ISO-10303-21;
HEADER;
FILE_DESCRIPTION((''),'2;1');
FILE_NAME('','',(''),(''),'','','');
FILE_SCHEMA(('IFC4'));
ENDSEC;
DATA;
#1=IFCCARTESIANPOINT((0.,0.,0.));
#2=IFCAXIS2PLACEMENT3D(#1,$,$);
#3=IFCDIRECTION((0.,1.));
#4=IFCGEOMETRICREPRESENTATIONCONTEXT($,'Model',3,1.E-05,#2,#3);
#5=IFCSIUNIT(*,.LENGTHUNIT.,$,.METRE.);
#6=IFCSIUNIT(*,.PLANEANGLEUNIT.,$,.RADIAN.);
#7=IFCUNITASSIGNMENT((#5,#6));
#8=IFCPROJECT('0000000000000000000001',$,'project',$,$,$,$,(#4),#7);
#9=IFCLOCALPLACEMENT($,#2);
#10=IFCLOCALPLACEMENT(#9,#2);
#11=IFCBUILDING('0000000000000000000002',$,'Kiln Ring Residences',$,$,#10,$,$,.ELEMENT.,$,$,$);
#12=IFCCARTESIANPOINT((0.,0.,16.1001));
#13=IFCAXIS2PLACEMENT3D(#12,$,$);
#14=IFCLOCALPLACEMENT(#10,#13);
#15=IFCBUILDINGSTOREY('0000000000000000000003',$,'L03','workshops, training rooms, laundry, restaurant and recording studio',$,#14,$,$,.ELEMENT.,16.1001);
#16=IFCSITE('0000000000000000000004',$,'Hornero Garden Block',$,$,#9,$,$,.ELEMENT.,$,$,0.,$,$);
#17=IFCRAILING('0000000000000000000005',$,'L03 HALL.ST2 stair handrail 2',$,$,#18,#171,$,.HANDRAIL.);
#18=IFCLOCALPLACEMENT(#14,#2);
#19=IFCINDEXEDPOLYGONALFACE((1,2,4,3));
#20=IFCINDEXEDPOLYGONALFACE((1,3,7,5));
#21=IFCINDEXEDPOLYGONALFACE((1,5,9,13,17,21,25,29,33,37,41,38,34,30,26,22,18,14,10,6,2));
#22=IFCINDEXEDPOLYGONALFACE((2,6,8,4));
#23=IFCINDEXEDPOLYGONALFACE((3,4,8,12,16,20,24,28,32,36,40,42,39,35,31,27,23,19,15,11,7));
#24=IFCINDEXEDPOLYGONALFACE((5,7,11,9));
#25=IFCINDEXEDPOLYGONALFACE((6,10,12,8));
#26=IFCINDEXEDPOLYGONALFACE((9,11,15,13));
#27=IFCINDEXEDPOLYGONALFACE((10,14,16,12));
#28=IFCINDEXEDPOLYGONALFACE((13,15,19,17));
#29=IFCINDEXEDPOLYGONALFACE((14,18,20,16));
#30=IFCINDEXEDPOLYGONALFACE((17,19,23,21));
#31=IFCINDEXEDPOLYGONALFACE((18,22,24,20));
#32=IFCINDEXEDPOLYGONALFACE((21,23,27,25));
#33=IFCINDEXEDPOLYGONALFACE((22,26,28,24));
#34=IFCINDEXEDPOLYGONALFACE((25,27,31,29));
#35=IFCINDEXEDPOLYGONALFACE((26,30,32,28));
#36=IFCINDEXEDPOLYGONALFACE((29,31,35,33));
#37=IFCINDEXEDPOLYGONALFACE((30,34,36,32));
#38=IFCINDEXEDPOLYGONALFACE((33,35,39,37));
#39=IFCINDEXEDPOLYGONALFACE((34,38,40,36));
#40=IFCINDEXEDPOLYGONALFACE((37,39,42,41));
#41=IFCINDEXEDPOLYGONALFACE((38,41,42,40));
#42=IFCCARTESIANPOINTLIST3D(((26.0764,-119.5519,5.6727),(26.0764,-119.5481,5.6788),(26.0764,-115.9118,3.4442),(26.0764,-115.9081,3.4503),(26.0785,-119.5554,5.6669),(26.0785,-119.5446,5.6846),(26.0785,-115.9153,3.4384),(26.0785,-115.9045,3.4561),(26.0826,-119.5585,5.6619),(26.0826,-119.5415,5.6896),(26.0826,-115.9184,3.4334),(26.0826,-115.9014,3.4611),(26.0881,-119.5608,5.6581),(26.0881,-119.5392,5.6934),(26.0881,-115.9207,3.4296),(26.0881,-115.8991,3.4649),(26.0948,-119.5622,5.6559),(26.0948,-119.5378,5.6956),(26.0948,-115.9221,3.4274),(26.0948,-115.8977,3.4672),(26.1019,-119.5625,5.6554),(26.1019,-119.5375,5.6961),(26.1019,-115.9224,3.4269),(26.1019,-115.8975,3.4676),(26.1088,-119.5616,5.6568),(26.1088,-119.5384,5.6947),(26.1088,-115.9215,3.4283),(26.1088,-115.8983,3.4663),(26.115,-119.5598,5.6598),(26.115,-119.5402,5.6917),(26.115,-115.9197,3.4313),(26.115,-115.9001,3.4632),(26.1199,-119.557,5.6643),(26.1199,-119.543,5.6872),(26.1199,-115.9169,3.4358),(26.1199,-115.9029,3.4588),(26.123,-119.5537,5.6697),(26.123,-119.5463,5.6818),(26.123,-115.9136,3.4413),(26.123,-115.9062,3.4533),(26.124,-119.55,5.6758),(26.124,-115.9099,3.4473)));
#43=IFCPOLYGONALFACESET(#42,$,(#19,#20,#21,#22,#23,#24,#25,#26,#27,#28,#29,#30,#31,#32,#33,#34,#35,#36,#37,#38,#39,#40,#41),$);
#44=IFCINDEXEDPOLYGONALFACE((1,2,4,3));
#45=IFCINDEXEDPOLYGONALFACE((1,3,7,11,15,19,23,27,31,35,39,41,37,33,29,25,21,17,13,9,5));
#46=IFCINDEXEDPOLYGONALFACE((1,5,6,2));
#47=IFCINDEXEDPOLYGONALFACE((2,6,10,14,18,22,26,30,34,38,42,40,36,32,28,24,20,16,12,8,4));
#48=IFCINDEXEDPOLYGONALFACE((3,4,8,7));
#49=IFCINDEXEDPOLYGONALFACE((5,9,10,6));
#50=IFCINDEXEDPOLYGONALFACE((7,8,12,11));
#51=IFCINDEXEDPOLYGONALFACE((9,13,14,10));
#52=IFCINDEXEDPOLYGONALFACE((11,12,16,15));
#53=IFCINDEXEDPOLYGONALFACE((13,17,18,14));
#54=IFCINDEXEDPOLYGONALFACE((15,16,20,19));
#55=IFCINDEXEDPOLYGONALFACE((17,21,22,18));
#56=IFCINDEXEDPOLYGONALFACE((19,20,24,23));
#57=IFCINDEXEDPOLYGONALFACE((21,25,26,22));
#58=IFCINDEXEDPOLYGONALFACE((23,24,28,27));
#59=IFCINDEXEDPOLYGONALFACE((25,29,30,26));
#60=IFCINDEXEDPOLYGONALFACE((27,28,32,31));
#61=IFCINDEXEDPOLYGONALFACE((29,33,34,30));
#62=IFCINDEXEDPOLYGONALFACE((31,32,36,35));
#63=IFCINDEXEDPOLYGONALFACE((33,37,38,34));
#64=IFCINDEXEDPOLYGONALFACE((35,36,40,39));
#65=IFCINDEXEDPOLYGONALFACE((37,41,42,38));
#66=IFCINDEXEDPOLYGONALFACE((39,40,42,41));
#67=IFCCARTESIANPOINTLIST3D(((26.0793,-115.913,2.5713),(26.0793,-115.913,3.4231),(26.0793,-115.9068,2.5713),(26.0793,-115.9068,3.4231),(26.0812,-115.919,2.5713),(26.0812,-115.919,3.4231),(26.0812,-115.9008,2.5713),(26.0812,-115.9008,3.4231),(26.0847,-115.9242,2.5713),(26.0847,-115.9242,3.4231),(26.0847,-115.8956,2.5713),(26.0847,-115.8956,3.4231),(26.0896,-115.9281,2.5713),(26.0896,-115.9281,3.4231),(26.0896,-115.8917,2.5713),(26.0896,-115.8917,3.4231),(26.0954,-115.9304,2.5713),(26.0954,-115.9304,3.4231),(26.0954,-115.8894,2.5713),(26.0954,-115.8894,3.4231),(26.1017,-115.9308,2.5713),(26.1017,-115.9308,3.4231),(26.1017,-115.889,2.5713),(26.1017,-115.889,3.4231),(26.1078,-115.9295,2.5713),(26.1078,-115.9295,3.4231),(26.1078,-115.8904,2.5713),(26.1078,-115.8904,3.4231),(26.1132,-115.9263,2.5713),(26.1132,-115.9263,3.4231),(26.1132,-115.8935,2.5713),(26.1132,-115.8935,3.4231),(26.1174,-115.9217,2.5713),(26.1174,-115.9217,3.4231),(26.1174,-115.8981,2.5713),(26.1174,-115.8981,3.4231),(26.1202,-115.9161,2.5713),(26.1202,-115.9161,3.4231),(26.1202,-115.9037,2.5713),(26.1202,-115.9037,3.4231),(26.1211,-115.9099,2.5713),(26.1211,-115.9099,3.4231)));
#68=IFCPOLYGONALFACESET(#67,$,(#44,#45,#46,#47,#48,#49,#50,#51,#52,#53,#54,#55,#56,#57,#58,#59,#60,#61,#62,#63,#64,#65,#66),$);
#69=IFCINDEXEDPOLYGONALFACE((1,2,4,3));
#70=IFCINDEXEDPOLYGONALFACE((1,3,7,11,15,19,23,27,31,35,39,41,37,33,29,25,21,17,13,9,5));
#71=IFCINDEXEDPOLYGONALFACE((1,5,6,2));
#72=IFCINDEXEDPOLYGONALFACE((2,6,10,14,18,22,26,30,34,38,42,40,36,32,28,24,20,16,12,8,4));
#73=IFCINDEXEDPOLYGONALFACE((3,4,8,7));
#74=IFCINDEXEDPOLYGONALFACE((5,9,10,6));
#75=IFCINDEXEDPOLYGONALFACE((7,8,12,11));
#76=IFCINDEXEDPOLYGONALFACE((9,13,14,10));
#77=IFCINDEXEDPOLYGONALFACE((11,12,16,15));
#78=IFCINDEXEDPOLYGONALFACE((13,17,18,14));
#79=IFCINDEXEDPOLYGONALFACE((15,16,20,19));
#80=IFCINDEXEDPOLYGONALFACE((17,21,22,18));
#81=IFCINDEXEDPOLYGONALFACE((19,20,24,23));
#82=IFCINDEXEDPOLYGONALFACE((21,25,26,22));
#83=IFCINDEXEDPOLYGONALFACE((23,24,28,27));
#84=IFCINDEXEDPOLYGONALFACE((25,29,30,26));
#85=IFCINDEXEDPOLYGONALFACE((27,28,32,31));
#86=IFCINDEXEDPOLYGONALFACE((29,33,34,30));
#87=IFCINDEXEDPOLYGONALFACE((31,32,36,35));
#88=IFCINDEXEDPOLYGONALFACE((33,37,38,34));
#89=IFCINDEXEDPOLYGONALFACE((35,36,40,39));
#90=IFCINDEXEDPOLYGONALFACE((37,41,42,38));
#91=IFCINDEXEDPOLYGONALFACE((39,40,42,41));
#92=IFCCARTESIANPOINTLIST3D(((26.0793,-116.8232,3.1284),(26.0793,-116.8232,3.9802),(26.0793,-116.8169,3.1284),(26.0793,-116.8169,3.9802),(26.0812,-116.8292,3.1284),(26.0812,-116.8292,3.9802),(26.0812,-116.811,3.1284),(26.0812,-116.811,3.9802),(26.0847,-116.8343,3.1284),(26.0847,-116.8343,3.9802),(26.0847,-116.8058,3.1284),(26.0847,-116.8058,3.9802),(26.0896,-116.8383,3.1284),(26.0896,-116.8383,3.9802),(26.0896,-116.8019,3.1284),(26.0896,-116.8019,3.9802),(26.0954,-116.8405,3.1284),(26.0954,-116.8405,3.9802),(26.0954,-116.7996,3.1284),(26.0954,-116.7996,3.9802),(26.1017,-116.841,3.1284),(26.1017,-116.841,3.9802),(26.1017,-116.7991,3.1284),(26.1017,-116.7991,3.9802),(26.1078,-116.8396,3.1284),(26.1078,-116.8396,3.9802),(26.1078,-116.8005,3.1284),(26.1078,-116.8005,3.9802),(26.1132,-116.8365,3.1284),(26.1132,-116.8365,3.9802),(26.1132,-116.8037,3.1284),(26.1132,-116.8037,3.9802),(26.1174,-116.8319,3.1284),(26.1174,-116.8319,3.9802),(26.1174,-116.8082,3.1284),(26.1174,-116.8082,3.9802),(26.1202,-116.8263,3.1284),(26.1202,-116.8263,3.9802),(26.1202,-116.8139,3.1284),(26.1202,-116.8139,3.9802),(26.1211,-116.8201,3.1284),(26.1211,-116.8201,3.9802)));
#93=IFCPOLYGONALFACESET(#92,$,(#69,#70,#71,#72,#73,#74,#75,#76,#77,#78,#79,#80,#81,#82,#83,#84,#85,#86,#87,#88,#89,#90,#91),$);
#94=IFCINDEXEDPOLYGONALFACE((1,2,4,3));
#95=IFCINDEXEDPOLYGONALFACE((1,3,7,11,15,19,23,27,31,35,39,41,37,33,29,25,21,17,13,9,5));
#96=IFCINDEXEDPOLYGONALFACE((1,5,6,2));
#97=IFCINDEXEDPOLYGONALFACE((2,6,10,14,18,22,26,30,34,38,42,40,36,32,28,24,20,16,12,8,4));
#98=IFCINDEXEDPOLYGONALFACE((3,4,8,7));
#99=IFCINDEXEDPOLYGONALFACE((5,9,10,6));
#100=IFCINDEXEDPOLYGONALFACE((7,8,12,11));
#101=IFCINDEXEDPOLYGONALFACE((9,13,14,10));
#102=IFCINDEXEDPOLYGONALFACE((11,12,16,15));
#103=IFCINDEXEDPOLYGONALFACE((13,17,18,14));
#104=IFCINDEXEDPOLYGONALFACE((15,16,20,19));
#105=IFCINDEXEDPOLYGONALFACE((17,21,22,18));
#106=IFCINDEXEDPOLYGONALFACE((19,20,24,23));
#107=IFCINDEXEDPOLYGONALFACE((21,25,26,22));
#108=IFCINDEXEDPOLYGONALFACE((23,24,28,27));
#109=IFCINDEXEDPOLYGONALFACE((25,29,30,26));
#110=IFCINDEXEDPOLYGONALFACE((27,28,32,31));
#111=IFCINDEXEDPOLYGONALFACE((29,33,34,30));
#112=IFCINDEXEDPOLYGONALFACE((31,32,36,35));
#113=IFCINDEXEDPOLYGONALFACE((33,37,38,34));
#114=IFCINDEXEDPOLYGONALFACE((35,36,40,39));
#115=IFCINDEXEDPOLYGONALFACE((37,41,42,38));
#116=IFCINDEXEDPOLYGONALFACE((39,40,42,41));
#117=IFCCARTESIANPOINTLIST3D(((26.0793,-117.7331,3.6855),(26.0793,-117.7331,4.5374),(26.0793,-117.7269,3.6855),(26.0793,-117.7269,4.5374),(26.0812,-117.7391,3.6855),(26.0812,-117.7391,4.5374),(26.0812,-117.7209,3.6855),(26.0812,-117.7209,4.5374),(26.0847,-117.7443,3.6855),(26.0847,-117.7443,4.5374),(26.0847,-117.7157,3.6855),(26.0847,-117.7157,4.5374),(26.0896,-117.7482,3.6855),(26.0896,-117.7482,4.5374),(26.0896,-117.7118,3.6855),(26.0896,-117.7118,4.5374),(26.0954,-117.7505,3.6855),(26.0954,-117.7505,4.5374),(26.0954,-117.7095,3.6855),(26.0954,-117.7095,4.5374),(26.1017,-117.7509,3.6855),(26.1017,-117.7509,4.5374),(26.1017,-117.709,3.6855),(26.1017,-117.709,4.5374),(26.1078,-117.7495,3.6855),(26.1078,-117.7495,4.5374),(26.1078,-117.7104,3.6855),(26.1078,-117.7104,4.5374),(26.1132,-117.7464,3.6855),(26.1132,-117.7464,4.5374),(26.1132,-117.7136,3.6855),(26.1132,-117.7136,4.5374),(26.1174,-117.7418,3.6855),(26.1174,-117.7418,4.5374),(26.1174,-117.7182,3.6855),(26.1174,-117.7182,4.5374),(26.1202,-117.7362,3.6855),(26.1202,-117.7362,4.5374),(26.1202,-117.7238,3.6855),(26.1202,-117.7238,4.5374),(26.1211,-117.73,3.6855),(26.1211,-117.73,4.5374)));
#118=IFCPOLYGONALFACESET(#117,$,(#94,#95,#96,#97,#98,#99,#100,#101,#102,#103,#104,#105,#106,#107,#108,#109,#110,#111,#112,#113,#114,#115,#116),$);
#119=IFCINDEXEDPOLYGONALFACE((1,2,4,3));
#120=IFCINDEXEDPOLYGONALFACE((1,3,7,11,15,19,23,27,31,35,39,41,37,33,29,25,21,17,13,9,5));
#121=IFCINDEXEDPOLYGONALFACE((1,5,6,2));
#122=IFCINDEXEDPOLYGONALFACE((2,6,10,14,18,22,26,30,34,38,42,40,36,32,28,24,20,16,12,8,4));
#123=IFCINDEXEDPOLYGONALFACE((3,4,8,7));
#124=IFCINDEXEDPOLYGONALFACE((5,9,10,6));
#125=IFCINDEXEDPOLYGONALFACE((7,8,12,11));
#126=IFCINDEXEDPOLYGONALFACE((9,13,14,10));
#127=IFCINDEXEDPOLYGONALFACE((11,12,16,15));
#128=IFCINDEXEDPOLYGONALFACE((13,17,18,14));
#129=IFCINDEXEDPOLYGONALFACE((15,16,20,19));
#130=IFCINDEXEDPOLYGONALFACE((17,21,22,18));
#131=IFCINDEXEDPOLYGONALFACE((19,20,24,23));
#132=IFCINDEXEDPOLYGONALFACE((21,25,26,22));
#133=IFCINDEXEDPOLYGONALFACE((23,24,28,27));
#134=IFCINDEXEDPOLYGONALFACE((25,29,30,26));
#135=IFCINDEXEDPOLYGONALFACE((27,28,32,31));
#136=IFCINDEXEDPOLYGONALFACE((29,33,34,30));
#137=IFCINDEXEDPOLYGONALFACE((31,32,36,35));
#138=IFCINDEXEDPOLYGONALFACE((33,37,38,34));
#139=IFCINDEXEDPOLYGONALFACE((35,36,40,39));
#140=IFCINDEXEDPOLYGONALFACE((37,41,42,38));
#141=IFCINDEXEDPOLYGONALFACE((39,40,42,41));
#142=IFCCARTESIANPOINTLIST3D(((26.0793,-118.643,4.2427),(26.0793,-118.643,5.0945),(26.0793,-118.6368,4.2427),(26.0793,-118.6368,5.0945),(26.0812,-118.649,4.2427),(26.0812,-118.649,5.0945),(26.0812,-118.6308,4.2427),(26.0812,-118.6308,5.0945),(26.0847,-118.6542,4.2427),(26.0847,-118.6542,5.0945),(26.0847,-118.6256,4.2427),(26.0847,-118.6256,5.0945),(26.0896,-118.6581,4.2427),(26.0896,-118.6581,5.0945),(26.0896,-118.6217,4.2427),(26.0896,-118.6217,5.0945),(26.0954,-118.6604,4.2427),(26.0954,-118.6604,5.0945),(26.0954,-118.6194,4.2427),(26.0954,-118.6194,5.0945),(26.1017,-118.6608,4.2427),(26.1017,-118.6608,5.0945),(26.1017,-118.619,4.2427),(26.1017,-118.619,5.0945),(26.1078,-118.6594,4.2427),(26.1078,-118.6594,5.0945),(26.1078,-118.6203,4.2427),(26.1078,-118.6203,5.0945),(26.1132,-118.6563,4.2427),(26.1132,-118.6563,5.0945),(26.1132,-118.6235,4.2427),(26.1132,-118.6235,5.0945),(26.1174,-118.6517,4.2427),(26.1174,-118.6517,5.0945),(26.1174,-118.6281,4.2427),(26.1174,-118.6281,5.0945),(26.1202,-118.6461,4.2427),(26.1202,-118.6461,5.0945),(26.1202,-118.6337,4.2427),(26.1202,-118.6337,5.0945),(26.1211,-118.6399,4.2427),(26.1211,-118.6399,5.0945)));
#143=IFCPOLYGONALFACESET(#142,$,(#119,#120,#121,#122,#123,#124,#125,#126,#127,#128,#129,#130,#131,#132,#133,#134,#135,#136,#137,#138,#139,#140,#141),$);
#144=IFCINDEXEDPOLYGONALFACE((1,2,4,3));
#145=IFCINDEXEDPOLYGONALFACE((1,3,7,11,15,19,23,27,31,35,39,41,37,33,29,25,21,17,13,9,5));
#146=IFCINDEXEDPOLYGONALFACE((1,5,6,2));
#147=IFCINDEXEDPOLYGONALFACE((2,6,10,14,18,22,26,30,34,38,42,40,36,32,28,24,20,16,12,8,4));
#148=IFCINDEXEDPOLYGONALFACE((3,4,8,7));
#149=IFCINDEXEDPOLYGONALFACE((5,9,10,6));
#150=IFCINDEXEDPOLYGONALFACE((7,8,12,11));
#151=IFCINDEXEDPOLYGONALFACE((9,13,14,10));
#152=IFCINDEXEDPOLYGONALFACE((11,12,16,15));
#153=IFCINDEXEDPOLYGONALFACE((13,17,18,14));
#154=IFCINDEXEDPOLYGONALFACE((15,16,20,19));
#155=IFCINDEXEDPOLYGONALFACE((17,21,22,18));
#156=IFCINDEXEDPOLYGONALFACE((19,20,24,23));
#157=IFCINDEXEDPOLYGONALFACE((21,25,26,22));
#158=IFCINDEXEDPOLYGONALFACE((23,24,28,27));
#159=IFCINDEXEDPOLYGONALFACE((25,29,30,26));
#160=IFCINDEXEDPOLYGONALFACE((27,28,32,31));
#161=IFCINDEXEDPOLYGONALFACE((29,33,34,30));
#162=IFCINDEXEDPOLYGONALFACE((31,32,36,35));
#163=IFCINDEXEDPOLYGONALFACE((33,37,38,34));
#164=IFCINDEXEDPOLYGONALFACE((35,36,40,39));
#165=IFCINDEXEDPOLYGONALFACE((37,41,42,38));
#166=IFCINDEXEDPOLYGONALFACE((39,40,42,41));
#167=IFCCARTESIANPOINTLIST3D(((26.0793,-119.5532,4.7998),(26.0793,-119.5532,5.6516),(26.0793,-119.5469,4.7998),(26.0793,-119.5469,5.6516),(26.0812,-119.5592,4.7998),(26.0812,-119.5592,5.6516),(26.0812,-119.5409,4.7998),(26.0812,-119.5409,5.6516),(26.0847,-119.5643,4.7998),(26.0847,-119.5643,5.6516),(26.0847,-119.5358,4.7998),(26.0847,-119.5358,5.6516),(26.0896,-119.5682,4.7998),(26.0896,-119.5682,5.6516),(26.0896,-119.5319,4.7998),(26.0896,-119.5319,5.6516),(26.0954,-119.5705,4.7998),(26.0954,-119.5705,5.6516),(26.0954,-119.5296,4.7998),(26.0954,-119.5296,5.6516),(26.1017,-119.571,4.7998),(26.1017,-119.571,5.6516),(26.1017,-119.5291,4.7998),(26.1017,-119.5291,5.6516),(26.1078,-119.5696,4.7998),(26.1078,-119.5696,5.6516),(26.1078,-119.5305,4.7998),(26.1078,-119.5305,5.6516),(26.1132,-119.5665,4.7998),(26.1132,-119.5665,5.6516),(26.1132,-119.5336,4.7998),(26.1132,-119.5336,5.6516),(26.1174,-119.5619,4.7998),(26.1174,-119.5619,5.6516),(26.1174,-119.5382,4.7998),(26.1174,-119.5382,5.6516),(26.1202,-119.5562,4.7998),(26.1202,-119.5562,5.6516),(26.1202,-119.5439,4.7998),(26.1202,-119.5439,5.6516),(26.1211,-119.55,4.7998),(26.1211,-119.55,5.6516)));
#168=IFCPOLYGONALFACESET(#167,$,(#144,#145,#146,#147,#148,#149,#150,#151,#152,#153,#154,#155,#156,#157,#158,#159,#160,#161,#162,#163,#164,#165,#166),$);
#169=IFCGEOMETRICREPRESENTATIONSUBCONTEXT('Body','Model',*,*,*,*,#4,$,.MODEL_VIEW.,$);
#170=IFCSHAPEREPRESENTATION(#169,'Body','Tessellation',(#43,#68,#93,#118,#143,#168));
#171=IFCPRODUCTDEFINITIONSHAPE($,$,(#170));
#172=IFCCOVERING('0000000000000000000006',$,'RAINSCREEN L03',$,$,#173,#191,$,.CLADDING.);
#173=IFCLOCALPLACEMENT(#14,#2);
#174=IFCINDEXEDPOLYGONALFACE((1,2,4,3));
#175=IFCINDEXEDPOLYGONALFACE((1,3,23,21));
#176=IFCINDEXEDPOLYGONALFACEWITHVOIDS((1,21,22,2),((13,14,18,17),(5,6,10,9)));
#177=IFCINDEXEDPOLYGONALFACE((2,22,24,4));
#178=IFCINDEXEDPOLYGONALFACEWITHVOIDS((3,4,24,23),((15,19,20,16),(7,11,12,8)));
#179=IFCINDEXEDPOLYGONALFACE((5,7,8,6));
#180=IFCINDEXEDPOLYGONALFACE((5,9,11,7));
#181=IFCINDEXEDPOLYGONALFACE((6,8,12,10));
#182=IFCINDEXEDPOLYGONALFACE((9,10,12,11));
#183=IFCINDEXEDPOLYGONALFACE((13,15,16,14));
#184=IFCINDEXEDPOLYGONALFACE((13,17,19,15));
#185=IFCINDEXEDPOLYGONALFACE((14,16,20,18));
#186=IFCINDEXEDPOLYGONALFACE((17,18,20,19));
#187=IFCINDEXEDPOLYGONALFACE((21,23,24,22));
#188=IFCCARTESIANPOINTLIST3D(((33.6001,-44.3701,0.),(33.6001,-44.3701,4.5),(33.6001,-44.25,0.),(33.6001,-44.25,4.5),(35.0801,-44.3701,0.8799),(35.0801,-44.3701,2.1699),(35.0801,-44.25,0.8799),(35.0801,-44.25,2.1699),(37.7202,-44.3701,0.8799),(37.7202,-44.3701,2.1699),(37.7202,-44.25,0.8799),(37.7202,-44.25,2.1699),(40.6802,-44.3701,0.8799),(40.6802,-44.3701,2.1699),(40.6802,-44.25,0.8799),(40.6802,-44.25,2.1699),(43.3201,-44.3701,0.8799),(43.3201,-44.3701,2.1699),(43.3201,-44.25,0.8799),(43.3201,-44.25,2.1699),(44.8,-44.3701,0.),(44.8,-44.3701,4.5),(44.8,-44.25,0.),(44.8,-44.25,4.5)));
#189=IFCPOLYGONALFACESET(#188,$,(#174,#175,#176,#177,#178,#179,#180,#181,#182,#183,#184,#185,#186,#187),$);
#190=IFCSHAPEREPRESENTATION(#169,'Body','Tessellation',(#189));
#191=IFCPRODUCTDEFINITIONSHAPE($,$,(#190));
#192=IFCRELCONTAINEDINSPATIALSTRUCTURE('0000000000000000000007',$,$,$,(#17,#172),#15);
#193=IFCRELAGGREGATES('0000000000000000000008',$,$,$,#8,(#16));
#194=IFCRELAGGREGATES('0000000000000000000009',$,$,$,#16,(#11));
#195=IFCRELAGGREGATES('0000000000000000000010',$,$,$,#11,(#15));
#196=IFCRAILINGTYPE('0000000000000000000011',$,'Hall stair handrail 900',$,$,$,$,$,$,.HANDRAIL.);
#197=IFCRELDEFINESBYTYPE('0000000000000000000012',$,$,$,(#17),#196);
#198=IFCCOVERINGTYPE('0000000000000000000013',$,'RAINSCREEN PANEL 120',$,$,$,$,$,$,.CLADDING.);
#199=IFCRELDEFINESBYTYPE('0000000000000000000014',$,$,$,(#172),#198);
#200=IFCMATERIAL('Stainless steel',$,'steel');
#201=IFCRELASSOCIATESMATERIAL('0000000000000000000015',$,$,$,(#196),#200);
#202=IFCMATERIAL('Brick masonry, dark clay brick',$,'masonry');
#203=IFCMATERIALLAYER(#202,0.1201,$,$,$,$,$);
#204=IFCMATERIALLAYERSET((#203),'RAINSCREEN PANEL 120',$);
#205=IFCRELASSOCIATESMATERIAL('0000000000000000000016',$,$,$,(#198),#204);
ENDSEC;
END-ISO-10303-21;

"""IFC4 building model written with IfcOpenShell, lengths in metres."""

from ifc_helpers import new_model, si_unit, direction, frame, origin, origin_2d, place, context, subcontext, project, spatial, polyline, circle, outline, extrude, material, layer, layer_set, type_object, element, save


model = new_model("IFC4")

# Units and contexts
model_context = context("Model", 3, precision=1e-05, world=origin(), true_north=direction((0.0, 1.0)))
body_context = subcontext(model_context, "Body", "Model", "MODEL_VIEW")
ifc_project = project(units=[si_unit("LENGTHUNIT", "METRE"), si_unit("PLANEANGLEUNIT", "RADIAN")], contexts=[model_context])

# Site, building, storey
site_placement = place(None, origin())
site = spatial("IfcSite", under=ifc_project, at=site_placement, Name="Hornero Garden Block", CompositionType="ELEMENT", RefElevation=0.0)
building_placement = place(site_placement, origin())
building = spatial("IfcBuilding", under=site, at=building_placement, Name="Kiln Ring Residences", CompositionType="ELEMENT")
storey_placement = place(building_placement, frame((0.0, 0.0, 16.1001)))
storey = spatial("IfcBuildingStorey", under=building, at=storey_placement, Name="L03", Description="workshops, training rooms, laundry, restaurant and recording studio", CompositionType="ELEMENT", Elevation=16.1001)

# Railing
ifc_material_1 = material(Name="Stainless steel", Category="steel")
railing_type_1 = type_object("IfcRailingType", Name="Hall stair handrail 900", PredefinedType="HANDRAIL", material=ifc_material_1)
railing_1_placement = place(storey_placement, frame((26.1001, -115.9099, 2.5713)))
element("IfcRailing", 1, at=railing_1_placement, inside=storey, type_object=railing_type_1, Name="L03 HALL.ST2 stair handrail 2", PredefinedType="HANDRAIL", context=body_context, shape_type="SweptSolid", body=[
    extrude(circle(Radius=0.0239, at=origin_2d()), frame((0.0, 0.0, 0.876), z_axis=(0.0, -0.852866, 0.52213), x_axis=(1.0, 0.0, 0.0)), (0.0, 0.0, 1.0), 4.2681),
    extrude(circle(Radius=0.021, at=origin_2d()), origin(), (0.0, 0.0, 1.0), 0.8518),
    extrude(circle(Radius=0.021, at=origin_2d()), frame((0.0, -0.9102, 0.5571)), (0.0, 0.0, 1.0), 0.8518),
    extrude(circle(Radius=0.021, at=origin_2d()), frame((0.0, -1.8201, 1.1143)), (0.0, 0.0, 1.0), 0.8518),
    extrude(circle(Radius=0.021, at=origin_2d()), frame((0.0, -2.73, 1.6714)), (0.0, 0.0, 1.0), 0.8518),
    extrude(circle(Radius=0.021, at=origin_2d()), frame((0.0, -3.6401, 2.2285)), (0.0, 0.0, 1.0), 0.8518),
])

# Covering
ifc_material_2 = material(Name="Brick masonry, dark clay brick", Category="masonry")
ifc_layer_1 = layer(ifc_material_2, 0.1201)
ifc_layer_set_1 = layer_set([ifc_layer_1], Name="RAINSCREEN PANEL 120")
covering_type = type_object("IfcCoveringType", Name="RAINSCREEN PANEL 120", PredefinedType="CLADDING", material=ifc_layer_set_1)
covering_placement = place(storey_placement, frame((33.6001, -44.3101, 0.0), z_axis=(0.0, 0.0, 1.0), x_axis=(1.0, 0.0, 0.0)))
element("IfcCovering", 2, at=covering_placement, inside=storey, type_object=covering_type, Name="RAINSCREEN L03", PredefinedType="CLADDING", context=body_context, shape_type="SweptSolid", body=[
    extrude(outline(polyline([(0.0, 0.0), (11.2, 0.0), (11.2, 4.5), (0.0, 4.5), (0.0, 0.0)]), holes=[polyline([(4.1201, 2.1699), (1.48, 2.1699), (1.48, 0.8799), (4.1201, 0.8799), (4.1201, 2.1699)]), polyline([(9.72, 2.1699), (7.0801, 2.1699), (7.0801, 0.8799), (9.72, 0.8799), (9.72, 2.1699)])]), frame((0.0, 0.0601, 0.0), z_axis=(0.0, -1.0, 0.0), x_axis=(1.0, 0.0, 0.0)), (0.0, 0.0, 1.0), 0.1201),
])

save(model, "model.ifc")
